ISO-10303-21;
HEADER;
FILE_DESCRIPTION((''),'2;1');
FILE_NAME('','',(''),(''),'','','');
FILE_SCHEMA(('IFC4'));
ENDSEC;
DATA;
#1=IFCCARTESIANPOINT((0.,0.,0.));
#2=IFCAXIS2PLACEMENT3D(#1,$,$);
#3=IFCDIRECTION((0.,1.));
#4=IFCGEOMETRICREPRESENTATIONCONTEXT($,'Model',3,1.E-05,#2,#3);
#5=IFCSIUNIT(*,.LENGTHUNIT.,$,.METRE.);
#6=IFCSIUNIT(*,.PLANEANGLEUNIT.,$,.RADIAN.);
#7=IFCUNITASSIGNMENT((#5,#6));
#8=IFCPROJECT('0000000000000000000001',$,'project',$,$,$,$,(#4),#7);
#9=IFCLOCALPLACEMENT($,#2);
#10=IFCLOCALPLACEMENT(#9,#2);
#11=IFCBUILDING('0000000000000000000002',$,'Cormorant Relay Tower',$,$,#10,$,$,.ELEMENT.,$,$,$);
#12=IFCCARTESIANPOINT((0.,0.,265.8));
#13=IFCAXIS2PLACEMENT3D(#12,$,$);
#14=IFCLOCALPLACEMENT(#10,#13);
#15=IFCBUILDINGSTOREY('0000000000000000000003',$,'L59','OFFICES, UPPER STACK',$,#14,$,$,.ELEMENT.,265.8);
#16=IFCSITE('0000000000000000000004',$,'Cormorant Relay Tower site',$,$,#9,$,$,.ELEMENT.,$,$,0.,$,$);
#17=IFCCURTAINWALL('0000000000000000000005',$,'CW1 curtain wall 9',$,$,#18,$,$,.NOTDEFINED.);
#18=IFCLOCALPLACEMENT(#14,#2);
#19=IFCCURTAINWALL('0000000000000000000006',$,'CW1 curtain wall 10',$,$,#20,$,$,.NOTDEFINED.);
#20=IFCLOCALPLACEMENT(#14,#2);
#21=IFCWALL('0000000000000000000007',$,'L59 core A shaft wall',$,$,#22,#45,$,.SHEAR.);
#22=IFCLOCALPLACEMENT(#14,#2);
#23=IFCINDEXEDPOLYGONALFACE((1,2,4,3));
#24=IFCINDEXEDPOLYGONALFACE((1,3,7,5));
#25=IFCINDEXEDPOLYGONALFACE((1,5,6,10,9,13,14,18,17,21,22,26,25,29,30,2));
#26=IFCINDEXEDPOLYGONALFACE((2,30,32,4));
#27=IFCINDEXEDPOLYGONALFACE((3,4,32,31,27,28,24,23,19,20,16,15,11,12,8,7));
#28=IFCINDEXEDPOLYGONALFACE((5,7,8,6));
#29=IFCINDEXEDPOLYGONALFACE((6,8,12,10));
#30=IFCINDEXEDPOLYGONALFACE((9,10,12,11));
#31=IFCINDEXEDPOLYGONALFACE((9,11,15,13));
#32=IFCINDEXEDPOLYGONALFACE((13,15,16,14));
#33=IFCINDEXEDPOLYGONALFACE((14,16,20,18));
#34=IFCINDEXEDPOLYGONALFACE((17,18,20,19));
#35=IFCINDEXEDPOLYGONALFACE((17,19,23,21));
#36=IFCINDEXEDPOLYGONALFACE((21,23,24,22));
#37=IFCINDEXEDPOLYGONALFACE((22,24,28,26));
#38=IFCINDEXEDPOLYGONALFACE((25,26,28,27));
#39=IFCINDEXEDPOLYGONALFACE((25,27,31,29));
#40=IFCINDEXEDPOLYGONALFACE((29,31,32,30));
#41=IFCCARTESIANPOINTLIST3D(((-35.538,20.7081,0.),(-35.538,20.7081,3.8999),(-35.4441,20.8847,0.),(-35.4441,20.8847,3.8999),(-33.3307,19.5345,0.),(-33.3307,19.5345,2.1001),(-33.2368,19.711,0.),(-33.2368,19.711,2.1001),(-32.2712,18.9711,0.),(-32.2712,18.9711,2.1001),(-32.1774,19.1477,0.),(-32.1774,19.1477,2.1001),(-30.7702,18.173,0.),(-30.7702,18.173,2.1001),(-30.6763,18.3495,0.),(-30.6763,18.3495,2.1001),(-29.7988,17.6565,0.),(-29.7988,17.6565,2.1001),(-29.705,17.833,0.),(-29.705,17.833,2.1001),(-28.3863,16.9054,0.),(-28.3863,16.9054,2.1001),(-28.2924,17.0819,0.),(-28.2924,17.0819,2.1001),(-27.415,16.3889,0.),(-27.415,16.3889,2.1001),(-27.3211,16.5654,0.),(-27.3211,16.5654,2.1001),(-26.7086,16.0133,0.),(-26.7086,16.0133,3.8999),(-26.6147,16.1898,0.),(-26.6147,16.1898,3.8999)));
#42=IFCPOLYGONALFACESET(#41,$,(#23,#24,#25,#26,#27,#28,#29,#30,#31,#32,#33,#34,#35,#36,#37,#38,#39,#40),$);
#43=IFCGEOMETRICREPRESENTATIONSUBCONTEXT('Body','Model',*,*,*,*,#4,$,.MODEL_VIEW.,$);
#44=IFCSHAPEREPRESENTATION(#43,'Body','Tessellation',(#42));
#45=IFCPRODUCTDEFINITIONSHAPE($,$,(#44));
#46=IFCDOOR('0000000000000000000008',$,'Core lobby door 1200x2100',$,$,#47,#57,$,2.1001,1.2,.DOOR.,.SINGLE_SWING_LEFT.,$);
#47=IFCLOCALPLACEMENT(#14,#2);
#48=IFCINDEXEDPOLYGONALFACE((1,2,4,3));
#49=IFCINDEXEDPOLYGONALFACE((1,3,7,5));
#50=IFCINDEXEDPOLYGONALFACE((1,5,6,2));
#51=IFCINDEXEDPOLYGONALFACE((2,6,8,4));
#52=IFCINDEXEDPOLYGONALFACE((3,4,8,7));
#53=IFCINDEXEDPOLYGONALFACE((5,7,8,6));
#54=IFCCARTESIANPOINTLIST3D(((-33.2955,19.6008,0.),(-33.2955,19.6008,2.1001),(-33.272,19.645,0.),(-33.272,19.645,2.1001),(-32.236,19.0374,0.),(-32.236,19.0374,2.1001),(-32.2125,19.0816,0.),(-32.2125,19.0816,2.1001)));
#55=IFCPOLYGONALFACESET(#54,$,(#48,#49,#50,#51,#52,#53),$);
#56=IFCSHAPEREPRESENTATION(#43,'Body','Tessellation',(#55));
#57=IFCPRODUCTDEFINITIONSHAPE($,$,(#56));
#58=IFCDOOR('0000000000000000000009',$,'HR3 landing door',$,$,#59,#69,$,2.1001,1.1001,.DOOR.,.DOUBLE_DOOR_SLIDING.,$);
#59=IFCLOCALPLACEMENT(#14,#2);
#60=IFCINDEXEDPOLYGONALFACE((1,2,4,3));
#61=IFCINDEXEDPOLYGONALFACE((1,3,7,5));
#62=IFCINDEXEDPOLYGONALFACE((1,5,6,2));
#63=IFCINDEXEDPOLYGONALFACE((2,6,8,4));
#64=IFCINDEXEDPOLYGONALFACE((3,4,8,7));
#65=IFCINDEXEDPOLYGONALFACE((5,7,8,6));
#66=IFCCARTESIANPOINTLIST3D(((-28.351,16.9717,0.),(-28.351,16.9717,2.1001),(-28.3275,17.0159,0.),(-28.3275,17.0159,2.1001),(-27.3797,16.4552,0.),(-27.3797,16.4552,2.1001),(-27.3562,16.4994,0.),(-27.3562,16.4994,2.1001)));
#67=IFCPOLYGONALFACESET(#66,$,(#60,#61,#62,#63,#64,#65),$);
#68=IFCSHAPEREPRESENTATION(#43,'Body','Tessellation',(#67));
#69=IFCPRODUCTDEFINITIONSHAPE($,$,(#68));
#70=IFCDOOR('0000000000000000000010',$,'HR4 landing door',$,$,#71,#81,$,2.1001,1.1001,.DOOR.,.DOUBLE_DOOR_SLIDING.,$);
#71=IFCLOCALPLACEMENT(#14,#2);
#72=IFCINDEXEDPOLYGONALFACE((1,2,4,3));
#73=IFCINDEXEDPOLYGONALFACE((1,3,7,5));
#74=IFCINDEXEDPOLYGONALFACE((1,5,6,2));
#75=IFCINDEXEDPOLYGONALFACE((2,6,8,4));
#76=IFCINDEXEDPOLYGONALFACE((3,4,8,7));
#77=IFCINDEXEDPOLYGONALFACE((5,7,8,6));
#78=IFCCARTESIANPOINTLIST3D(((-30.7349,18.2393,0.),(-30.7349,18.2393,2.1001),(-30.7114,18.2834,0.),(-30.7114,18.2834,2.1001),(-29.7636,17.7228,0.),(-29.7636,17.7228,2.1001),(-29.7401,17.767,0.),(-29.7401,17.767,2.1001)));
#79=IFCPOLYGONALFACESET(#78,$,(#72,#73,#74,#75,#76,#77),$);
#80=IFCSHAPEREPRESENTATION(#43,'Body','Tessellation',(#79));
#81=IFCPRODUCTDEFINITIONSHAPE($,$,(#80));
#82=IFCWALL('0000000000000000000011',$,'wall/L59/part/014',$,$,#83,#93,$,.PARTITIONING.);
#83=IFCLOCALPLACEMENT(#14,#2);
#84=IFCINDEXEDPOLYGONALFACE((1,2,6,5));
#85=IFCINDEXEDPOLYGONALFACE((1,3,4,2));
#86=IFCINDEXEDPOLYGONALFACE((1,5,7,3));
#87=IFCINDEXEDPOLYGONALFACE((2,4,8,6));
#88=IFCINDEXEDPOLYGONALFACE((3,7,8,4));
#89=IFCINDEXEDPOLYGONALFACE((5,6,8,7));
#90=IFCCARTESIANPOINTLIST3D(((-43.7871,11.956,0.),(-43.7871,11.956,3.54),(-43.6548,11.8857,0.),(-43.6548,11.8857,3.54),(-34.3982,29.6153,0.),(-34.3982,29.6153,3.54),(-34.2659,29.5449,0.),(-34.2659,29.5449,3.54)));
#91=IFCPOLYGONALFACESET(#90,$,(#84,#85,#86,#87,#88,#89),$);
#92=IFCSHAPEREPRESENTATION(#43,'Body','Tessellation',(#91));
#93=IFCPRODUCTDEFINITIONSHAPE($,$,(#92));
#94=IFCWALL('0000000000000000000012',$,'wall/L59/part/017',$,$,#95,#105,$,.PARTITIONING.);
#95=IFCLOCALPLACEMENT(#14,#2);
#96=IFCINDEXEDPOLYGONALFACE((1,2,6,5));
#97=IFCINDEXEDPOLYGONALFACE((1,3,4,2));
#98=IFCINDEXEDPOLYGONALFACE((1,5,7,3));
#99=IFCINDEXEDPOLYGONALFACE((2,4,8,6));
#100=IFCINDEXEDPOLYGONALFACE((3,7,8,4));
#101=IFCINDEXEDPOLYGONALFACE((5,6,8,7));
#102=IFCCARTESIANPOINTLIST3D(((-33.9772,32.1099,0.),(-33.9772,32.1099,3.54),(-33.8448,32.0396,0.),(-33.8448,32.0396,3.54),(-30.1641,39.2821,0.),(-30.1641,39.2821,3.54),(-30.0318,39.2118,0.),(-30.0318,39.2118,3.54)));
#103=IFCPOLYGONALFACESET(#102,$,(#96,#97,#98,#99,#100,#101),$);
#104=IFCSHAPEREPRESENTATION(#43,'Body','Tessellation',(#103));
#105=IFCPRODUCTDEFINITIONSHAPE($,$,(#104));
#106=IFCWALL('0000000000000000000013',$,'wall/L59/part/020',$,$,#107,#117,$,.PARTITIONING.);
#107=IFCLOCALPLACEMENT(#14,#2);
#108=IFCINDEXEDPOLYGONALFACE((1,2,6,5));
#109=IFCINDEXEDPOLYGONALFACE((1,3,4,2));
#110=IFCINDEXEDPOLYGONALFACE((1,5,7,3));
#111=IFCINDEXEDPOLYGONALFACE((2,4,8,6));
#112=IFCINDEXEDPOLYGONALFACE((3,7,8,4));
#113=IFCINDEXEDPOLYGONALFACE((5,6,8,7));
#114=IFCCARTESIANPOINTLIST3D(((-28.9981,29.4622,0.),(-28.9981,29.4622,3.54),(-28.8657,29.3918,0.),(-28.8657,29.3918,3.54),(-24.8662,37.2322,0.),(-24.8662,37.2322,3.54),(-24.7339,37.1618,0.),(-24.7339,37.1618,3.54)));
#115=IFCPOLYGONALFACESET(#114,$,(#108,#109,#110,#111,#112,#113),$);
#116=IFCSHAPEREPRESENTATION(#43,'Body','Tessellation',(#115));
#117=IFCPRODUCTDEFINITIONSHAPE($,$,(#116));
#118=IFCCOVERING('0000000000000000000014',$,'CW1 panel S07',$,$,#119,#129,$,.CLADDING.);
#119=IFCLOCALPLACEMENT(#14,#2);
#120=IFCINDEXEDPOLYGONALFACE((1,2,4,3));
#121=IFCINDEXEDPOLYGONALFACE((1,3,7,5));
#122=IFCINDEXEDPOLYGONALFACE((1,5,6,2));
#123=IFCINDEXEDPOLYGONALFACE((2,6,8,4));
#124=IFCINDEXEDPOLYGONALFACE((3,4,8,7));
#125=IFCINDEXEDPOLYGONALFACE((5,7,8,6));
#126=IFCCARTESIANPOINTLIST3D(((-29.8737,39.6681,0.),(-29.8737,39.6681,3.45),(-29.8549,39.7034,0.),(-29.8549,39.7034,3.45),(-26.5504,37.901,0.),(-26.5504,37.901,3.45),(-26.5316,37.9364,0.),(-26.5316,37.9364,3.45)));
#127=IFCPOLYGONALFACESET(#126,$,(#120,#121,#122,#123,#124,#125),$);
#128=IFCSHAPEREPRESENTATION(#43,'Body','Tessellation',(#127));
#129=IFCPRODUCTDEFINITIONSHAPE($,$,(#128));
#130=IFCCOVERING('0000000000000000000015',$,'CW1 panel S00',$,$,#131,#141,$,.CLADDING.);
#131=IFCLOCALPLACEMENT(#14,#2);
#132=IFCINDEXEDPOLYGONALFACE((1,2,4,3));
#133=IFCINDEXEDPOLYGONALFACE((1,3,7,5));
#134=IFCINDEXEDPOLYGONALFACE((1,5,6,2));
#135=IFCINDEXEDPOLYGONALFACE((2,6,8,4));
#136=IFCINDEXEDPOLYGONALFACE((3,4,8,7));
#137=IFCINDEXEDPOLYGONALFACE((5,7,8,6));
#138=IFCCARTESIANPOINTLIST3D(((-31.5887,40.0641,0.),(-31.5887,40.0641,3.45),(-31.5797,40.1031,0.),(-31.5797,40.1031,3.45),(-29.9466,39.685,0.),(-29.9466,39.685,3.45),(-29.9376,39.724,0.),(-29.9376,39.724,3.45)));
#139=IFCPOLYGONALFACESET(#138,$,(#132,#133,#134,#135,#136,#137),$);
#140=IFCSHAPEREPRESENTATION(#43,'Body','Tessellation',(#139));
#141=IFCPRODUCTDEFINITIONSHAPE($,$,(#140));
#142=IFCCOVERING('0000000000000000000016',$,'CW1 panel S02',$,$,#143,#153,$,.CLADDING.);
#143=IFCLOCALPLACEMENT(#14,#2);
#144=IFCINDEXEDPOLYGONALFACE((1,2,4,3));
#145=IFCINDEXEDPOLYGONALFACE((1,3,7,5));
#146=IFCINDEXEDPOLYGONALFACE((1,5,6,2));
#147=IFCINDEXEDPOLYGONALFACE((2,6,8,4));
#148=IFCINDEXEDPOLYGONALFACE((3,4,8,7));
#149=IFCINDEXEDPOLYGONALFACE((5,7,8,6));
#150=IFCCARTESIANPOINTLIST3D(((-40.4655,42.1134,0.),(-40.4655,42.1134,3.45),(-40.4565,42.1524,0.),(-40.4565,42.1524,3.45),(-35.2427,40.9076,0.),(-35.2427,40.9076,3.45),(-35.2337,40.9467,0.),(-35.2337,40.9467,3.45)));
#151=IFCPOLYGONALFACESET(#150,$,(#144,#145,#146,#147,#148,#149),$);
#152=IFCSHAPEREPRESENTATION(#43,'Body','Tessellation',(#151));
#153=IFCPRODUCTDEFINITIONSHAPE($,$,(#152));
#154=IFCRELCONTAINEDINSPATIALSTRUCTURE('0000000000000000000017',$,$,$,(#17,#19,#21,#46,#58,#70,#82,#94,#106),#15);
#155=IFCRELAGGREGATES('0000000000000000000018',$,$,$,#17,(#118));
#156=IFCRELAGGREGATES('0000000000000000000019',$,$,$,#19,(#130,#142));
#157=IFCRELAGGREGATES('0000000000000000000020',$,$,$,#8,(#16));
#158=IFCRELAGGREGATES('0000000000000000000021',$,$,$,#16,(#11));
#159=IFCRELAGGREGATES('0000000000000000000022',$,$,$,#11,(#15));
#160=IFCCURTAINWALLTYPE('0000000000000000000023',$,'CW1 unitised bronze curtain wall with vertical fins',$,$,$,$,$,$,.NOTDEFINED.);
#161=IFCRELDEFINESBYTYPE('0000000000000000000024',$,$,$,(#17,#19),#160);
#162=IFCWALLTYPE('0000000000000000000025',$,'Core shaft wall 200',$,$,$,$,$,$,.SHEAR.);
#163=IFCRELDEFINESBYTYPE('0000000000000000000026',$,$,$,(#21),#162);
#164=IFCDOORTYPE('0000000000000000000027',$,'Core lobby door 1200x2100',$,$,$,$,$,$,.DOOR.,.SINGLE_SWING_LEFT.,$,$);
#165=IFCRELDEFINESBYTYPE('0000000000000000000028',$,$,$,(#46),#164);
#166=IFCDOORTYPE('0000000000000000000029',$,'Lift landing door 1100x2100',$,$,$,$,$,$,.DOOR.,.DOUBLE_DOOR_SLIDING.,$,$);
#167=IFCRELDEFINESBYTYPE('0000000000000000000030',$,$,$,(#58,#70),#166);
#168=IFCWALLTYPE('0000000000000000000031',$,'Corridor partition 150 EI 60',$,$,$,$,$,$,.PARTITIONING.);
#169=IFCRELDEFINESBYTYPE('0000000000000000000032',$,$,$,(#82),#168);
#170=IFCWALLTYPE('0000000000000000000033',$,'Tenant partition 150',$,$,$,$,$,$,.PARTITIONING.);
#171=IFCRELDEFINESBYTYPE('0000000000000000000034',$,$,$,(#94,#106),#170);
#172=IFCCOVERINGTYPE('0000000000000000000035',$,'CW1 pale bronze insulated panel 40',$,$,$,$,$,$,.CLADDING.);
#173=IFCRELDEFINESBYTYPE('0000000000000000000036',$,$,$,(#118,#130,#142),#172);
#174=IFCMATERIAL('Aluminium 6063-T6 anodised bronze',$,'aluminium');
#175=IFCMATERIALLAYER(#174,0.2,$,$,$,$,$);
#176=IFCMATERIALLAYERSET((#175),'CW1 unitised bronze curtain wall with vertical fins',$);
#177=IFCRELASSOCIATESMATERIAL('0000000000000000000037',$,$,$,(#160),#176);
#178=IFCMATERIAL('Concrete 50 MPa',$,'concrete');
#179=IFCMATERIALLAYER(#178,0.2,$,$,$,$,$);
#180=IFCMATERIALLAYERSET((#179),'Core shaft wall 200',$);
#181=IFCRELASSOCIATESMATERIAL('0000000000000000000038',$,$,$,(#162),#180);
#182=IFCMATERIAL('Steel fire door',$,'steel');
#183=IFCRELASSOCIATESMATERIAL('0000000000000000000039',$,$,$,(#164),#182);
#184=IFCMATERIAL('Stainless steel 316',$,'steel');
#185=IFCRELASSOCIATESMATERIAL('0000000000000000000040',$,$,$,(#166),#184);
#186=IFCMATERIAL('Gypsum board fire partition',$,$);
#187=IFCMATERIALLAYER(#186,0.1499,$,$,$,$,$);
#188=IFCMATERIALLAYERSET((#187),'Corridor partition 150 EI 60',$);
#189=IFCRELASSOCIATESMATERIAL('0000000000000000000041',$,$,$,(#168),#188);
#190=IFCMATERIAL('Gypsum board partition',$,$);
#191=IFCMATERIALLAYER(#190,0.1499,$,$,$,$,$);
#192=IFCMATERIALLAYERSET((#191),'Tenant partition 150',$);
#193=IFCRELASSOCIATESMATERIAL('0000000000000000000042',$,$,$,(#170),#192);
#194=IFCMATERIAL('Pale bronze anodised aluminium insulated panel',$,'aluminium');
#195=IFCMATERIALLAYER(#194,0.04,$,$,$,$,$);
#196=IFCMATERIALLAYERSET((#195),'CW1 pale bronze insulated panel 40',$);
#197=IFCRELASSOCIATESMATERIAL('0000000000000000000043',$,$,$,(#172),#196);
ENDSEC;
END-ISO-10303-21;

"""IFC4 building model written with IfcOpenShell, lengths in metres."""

from ifc_helpers import new_model, si_unit, direction, frame, frame_2d, origin, origin_2d, place, context, subcontext, project, spatial, rectangle, extrude, material, layer, layer_set, type_object, element, fill, aggregate, save


model = new_model("IFC4")

# Units and contexts
model_context = context("Model", 3, precision=1e-05, world=origin(), true_north=direction((0.0, 1.0)))
body_context = subcontext(model_context, "Body", "Model", "MODEL_VIEW")
ifc_project = project(units=[si_unit("LENGTHUNIT", "METRE"), si_unit("PLANEANGLEUNIT", "RADIAN")], contexts=[model_context])

# Site, building, storey
site_placement = place(None, origin())
site = spatial("IfcSite", under=ifc_project, at=site_placement, Name="Cormorant Relay Tower site", CompositionType="ELEMENT", RefElevation=0.0)
building_placement = place(site_placement, origin())
building = spatial("IfcBuilding", under=site, at=building_placement, Name="Cormorant Relay Tower", CompositionType="ELEMENT")
storey_placement = place(building_placement, frame((0.0, 0.0, 265.8)))
storey = spatial("IfcBuildingStorey", under=building, at=storey_placement, Name="L59", Description="OFFICES, UPPER STACK", CompositionType="ELEMENT", Elevation=265.8)

# Curtain wall
ifc_material_1 = material(Name="Aluminium 6063-T6 anodised bronze", Category="aluminium")
ifc_layer_1 = layer(ifc_material_1, 0.2)
ifc_layer_set_1 = layer_set([ifc_layer_1], Name="CW1 unitised bronze curtain wall with vertical fins")
curtain_wall_type = type_object("IfcCurtainWallType", Name="CW1 unitised bronze curtain wall with vertical fins", PredefinedType="NOTDEFINED", material=ifc_layer_set_1)
curtain_wall_1_placement = place(storey_placement, origin())
curtain_wall_1 = element("IfcCurtainWall", 1, at=curtain_wall_1_placement, inside=storey, type_object=curtain_wall_type, Name="CW1 curtain wall 9", PredefinedType="NOTDEFINED")

# Curtain wall
curtain_wall_2_placement = place(storey_placement, origin())
curtain_wall_2 = element("IfcCurtainWall", 2, at=curtain_wall_2_placement, inside=storey, type_object=curtain_wall_type, Name="CW1 curtain wall 10", PredefinedType="NOTDEFINED")

# Shared definitions
ifc_material_2 = material(Name="Concrete 50 MPa", Category="concrete")
ifc_layer_2 = layer(ifc_material_2, 0.2)
ifc_layer_set_2 = layer_set([ifc_layer_2], Name="Core shaft wall 200")
wall_type_1 = type_object("IfcWallType", Name="Core shaft wall 200", PredefinedType="SHEAR", material=ifc_layer_set_2)

# Wall, openings, doors
wall_1_placement = place(storey_placement, frame((-26.6616, 16.1016, 0.0), z_axis=(0.0, 0.0, 1.0), x_axis=(-0.88294, 0.469485, 0.0)))
wall_1 = element("IfcWall", 3, at=wall_1_placement, inside=storey, type_object=wall_type_1, Name="L59 core A shaft wall", PredefinedType="SHEAR", context=body_context, shape_type="SweptSolid", body=[
    extrude(rectangle(XDim=10.0, YDim=0.2, at=frame_2d((5.0, 0.0))), origin(), (0.0, 0.0, 1.0), 3.8999),
])
opening_1_placement = place(wall_1_placement, frame((6.3, 0.0, 0.0)))
opening_1 = element("IfcOpeningElement", 4, at=opening_1_placement, cuts=wall_1, PredefinedType="OPENING", context=body_context, shape_type="SweptSolid", body=[
    extrude(rectangle(XDim=1.2, YDim=2.1001, at=frame_2d((0.6001, 1.05))), frame((0.0, 0.1099, 0.0), z_axis=(0.0, -1.0, 0.0), x_axis=(1.0, 0.0, 0.0)), (0.0, 0.0, 1.0), 0.22),
])
opening_2_placement = place(wall_1_placement, frame((0.8, 0.0, 0.0)))
opening_2 = element("IfcOpeningElement", 5, at=opening_2_placement, cuts=wall_1, PredefinedType="OPENING", context=body_context, shape_type="SweptSolid", body=[
    extrude(rectangle(XDim=1.1001, YDim=2.1001, at=frame_2d((0.55, 1.05))), frame((0.0, 0.1099, 0.0), z_axis=(0.0, -1.0, 0.0), x_axis=(1.0, 0.0, 0.0)), (0.0, 0.0, 1.0), 0.22),
])
opening_3_placement = place(wall_1_placement, frame((3.5, 0.0, 0.0)))
opening_3 = element("IfcOpeningElement", 6, at=opening_3_placement, cuts=wall_1, PredefinedType="OPENING", context=body_context, shape_type="SweptSolid", body=[
    extrude(rectangle(XDim=1.1001, YDim=2.1001, at=frame_2d((0.55, 1.05))), frame((0.0, 0.1099, 0.0), z_axis=(0.0, -1.0, 0.0), x_axis=(1.0, 0.0, 0.0)), (0.0, 0.0, 1.0), 0.22),
])
ifc_material_3 = material(Name="Steel fire door", Category="steel")
door_type_1 = type_object("IfcDoorType", Name="Core lobby door 1200x2100", OperationType="SINGLE_SWING_LEFT", PredefinedType="DOOR", material=ifc_material_3)
door_1_placement = place(opening_1_placement, origin())
door_1 = element("IfcDoor", 7, at=door_1_placement, inside=storey, type_object=door_type_1, Name="Core lobby door 1200x2100", OperationType="SINGLE_SWING_LEFT", OverallHeight=2.1001, OverallWidth=1.2, PredefinedType="DOOR", context=body_context, shape_type="SweptSolid", body=[
    extrude(rectangle(XDim=1.2, YDim=2.1001, at=frame_2d((0.6001, 1.05))), frame((0.0, 0.0249, 0.0), z_axis=(0.0, -1.0, 0.0), x_axis=(1.0, 0.0, 0.0)), (0.0, 0.0, 1.0), 0.05),
])
fill(opening_1, door_1)
ifc_material_4 = material(Name="Stainless steel 316", Category="steel")
door_type_2 = type_object("IfcDoorType", Name="Lift landing door 1100x2100", OperationType="DOUBLE_DOOR_SLIDING", PredefinedType="DOOR", material=ifc_material_4)
door_2_placement = place(opening_2_placement, origin())
door_2 = element("IfcDoor", 8, at=door_2_placement, inside=storey, type_object=door_type_2, Name="HR3 landing door", OperationType="DOUBLE_DOOR_SLIDING", OverallHeight=2.1001, OverallWidth=1.1001, PredefinedType="DOOR", context=body_context, shape_type="SweptSolid", body=[
    extrude(rectangle(XDim=1.1001, YDim=2.1001, at=frame_2d((0.55, 1.05))), frame((0.0, 0.0249, 0.0), z_axis=(0.0, -1.0, 0.0), x_axis=(1.0, 0.0, 0.0)), (0.0, 0.0, 1.0), 0.05),
])
fill(opening_2, door_2)
door_3_placement = place(opening_3_placement, origin())
door_3 = element("IfcDoor", 9, at=door_3_placement, inside=storey, type_object=door_type_2, Name="HR4 landing door", OperationType="DOUBLE_DOOR_SLIDING", OverallHeight=2.1001, OverallWidth=1.1001, PredefinedType="DOOR", context=body_context, shape_type="SweptSolid", body=[
    extrude(rectangle(XDim=1.1001, YDim=2.1001, at=frame_2d((0.55, 1.05))), frame((0.0, 0.0249, 0.0), z_axis=(0.0, -1.0, 0.0), x_axis=(1.0, 0.0, 0.0)), (0.0, 0.0, 1.0), 0.05),
])
fill(opening_3, door_3)

# Walls
ifc_material_5 = material(Name="Gypsum board fire partition")
ifc_layer_3 = layer(ifc_material_5, 0.1499)
ifc_layer_set_3 = layer_set([ifc_layer_3], Name="Corridor partition 150 EI 60")
wall_type_2 = type_object("IfcWallType", Name="Corridor partition 150 EI 60", PredefinedType="PARTITIONING", material=ifc_layer_set_3)
wall_2_placement = place(storey_placement, frame((-34.332, 29.5801, 0.0), z_axis=(0.0, 0.0, 1.0), x_axis=(-0.469447, -0.882961, 0.0)))
element("IfcWall", 10, at=wall_2_placement, inside=storey, type_object=wall_type_2, Name="wall/L59/part/014", PredefinedType="PARTITIONING", context=body_context, shape_type="SweptSolid", body=[
    extrude(rectangle(XDim=20.0, YDim=0.1499, at=frame_2d((10.0, 0.0))), origin(), (0.0, 0.0, 1.0), 3.54),
])
ifc_material_6 = material(Name="Gypsum board partition")
ifc_layer_4 = layer(ifc_material_6, 0.1499)
ifc_layer_set_4 = layer_set([ifc_layer_4], Name="Tenant partition 150")
wall_type_3 = type_object("IfcWallType", Name="Tenant partition 150", PredefinedType="PARTITIONING", material=ifc_layer_set_4)
wall_3_placement = place(storey_placement, frame((-30.0979, 39.2471, 0.0), z_axis=(0.0, 0.0, 1.0), x_axis=(-0.469424, -0.882973, 0.0)))
element("IfcWall", 11, at=wall_3_placement, inside=storey, type_object=wall_type_3, Name="wall/L59/part/017", PredefinedType="PARTITIONING", context=body_context, shape_type="SweptSolid", body=[
    extrude(rectangle(XDim=8.1228, YDim=0.1499, at=frame_2d((4.0615, 0.0))), origin(), (0.0, 0.0, 1.0), 3.54),
])
wall_4_placement = place(storey_placement, frame((-24.8, 37.197, 0.0), z_axis=(0.0, 0.0, 1.0), x_axis=(-0.469511, -0.882927, 0.0)))
element("IfcWall", 12, at=wall_4_placement, inside=storey, type_object=wall_type_3, Name="wall/L59/part/020", PredefinedType="PARTITIONING", context=body_context, shape_type="SweptSolid", body=[
    extrude(rectangle(XDim=8.8003, YDim=0.1499, at=frame_2d((4.4001, 0.0))), origin(), (0.0, 0.0, 1.0), 3.54),
])

# Coverings
ifc_material_7 = material(Name="Pale bronze anodised aluminium insulated panel", Category="aluminium")
ifc_layer_5 = layer(ifc_material_7, 0.04)
ifc_layer_set_5 = layer_set([ifc_layer_5], Name="CW1 pale bronze insulated panel 40")
covering_type = type_object("IfcCoveringType", Name="CW1 pale bronze insulated panel 40", PredefinedType="CLADDING", material=ifc_layer_set_5)
covering_1_placement = place(storey_placement, frame((-28.2026, 38.8022, 0.0), z_axis=(0.0, 0.0, 1.0), x_axis=(-0.882948, 0.469472, 0.0)))
covering_1 = element("IfcCovering", 13, at=covering_1_placement, type_object=covering_type, Name="CW1 panel S07", PredefinedType="CLADDING", context=body_context, shape_type="SweptSolid", body=[
    extrude(rectangle(XDim=3.7639, YDim=0.04, at=origin_2d()), origin(), (0.0, 0.0, 1.0), 3.45),
])
aggregate(curtain_wall_1, [covering_1])
covering_2_placement = place(storey_placement, frame((-30.7632, 39.894, 0.0), z_axis=(0.0, 0.0, 1.0), x_axis=(-0.97437, 0.224951, 0.0)))
covering_2 = element("IfcCovering", 14, at=covering_2_placement, type_object=covering_type, Name="CW1 panel S00", PredefinedType="CLADDING", context=body_context, shape_type="SweptSolid", body=[
    extrude(rectangle(XDim=1.6853, YDim=0.04, at=origin_2d()), origin(), (0.0, 0.0, 1.0), 3.45),
])
covering_3_placement = place(storey_placement, frame((-37.8496, 41.53, 0.0), z_axis=(0.0, 0.0, 1.0), x_axis=(-0.97437, 0.224951, 0.0)))
covering_3 = element("IfcCovering", 15, at=covering_3_placement, type_object=covering_type, Name="CW1 panel S02", PredefinedType="CLADDING", context=body_context, shape_type="SweptSolid", body=[
    extrude(rectangle(XDim=5.3601, YDim=0.04, at=origin_2d()), origin(), (0.0, 0.0, 1.0), 3.45),
])
aggregate(curtain_wall_2, [covering_2, covering_3])

save(model, "model.ifc")
